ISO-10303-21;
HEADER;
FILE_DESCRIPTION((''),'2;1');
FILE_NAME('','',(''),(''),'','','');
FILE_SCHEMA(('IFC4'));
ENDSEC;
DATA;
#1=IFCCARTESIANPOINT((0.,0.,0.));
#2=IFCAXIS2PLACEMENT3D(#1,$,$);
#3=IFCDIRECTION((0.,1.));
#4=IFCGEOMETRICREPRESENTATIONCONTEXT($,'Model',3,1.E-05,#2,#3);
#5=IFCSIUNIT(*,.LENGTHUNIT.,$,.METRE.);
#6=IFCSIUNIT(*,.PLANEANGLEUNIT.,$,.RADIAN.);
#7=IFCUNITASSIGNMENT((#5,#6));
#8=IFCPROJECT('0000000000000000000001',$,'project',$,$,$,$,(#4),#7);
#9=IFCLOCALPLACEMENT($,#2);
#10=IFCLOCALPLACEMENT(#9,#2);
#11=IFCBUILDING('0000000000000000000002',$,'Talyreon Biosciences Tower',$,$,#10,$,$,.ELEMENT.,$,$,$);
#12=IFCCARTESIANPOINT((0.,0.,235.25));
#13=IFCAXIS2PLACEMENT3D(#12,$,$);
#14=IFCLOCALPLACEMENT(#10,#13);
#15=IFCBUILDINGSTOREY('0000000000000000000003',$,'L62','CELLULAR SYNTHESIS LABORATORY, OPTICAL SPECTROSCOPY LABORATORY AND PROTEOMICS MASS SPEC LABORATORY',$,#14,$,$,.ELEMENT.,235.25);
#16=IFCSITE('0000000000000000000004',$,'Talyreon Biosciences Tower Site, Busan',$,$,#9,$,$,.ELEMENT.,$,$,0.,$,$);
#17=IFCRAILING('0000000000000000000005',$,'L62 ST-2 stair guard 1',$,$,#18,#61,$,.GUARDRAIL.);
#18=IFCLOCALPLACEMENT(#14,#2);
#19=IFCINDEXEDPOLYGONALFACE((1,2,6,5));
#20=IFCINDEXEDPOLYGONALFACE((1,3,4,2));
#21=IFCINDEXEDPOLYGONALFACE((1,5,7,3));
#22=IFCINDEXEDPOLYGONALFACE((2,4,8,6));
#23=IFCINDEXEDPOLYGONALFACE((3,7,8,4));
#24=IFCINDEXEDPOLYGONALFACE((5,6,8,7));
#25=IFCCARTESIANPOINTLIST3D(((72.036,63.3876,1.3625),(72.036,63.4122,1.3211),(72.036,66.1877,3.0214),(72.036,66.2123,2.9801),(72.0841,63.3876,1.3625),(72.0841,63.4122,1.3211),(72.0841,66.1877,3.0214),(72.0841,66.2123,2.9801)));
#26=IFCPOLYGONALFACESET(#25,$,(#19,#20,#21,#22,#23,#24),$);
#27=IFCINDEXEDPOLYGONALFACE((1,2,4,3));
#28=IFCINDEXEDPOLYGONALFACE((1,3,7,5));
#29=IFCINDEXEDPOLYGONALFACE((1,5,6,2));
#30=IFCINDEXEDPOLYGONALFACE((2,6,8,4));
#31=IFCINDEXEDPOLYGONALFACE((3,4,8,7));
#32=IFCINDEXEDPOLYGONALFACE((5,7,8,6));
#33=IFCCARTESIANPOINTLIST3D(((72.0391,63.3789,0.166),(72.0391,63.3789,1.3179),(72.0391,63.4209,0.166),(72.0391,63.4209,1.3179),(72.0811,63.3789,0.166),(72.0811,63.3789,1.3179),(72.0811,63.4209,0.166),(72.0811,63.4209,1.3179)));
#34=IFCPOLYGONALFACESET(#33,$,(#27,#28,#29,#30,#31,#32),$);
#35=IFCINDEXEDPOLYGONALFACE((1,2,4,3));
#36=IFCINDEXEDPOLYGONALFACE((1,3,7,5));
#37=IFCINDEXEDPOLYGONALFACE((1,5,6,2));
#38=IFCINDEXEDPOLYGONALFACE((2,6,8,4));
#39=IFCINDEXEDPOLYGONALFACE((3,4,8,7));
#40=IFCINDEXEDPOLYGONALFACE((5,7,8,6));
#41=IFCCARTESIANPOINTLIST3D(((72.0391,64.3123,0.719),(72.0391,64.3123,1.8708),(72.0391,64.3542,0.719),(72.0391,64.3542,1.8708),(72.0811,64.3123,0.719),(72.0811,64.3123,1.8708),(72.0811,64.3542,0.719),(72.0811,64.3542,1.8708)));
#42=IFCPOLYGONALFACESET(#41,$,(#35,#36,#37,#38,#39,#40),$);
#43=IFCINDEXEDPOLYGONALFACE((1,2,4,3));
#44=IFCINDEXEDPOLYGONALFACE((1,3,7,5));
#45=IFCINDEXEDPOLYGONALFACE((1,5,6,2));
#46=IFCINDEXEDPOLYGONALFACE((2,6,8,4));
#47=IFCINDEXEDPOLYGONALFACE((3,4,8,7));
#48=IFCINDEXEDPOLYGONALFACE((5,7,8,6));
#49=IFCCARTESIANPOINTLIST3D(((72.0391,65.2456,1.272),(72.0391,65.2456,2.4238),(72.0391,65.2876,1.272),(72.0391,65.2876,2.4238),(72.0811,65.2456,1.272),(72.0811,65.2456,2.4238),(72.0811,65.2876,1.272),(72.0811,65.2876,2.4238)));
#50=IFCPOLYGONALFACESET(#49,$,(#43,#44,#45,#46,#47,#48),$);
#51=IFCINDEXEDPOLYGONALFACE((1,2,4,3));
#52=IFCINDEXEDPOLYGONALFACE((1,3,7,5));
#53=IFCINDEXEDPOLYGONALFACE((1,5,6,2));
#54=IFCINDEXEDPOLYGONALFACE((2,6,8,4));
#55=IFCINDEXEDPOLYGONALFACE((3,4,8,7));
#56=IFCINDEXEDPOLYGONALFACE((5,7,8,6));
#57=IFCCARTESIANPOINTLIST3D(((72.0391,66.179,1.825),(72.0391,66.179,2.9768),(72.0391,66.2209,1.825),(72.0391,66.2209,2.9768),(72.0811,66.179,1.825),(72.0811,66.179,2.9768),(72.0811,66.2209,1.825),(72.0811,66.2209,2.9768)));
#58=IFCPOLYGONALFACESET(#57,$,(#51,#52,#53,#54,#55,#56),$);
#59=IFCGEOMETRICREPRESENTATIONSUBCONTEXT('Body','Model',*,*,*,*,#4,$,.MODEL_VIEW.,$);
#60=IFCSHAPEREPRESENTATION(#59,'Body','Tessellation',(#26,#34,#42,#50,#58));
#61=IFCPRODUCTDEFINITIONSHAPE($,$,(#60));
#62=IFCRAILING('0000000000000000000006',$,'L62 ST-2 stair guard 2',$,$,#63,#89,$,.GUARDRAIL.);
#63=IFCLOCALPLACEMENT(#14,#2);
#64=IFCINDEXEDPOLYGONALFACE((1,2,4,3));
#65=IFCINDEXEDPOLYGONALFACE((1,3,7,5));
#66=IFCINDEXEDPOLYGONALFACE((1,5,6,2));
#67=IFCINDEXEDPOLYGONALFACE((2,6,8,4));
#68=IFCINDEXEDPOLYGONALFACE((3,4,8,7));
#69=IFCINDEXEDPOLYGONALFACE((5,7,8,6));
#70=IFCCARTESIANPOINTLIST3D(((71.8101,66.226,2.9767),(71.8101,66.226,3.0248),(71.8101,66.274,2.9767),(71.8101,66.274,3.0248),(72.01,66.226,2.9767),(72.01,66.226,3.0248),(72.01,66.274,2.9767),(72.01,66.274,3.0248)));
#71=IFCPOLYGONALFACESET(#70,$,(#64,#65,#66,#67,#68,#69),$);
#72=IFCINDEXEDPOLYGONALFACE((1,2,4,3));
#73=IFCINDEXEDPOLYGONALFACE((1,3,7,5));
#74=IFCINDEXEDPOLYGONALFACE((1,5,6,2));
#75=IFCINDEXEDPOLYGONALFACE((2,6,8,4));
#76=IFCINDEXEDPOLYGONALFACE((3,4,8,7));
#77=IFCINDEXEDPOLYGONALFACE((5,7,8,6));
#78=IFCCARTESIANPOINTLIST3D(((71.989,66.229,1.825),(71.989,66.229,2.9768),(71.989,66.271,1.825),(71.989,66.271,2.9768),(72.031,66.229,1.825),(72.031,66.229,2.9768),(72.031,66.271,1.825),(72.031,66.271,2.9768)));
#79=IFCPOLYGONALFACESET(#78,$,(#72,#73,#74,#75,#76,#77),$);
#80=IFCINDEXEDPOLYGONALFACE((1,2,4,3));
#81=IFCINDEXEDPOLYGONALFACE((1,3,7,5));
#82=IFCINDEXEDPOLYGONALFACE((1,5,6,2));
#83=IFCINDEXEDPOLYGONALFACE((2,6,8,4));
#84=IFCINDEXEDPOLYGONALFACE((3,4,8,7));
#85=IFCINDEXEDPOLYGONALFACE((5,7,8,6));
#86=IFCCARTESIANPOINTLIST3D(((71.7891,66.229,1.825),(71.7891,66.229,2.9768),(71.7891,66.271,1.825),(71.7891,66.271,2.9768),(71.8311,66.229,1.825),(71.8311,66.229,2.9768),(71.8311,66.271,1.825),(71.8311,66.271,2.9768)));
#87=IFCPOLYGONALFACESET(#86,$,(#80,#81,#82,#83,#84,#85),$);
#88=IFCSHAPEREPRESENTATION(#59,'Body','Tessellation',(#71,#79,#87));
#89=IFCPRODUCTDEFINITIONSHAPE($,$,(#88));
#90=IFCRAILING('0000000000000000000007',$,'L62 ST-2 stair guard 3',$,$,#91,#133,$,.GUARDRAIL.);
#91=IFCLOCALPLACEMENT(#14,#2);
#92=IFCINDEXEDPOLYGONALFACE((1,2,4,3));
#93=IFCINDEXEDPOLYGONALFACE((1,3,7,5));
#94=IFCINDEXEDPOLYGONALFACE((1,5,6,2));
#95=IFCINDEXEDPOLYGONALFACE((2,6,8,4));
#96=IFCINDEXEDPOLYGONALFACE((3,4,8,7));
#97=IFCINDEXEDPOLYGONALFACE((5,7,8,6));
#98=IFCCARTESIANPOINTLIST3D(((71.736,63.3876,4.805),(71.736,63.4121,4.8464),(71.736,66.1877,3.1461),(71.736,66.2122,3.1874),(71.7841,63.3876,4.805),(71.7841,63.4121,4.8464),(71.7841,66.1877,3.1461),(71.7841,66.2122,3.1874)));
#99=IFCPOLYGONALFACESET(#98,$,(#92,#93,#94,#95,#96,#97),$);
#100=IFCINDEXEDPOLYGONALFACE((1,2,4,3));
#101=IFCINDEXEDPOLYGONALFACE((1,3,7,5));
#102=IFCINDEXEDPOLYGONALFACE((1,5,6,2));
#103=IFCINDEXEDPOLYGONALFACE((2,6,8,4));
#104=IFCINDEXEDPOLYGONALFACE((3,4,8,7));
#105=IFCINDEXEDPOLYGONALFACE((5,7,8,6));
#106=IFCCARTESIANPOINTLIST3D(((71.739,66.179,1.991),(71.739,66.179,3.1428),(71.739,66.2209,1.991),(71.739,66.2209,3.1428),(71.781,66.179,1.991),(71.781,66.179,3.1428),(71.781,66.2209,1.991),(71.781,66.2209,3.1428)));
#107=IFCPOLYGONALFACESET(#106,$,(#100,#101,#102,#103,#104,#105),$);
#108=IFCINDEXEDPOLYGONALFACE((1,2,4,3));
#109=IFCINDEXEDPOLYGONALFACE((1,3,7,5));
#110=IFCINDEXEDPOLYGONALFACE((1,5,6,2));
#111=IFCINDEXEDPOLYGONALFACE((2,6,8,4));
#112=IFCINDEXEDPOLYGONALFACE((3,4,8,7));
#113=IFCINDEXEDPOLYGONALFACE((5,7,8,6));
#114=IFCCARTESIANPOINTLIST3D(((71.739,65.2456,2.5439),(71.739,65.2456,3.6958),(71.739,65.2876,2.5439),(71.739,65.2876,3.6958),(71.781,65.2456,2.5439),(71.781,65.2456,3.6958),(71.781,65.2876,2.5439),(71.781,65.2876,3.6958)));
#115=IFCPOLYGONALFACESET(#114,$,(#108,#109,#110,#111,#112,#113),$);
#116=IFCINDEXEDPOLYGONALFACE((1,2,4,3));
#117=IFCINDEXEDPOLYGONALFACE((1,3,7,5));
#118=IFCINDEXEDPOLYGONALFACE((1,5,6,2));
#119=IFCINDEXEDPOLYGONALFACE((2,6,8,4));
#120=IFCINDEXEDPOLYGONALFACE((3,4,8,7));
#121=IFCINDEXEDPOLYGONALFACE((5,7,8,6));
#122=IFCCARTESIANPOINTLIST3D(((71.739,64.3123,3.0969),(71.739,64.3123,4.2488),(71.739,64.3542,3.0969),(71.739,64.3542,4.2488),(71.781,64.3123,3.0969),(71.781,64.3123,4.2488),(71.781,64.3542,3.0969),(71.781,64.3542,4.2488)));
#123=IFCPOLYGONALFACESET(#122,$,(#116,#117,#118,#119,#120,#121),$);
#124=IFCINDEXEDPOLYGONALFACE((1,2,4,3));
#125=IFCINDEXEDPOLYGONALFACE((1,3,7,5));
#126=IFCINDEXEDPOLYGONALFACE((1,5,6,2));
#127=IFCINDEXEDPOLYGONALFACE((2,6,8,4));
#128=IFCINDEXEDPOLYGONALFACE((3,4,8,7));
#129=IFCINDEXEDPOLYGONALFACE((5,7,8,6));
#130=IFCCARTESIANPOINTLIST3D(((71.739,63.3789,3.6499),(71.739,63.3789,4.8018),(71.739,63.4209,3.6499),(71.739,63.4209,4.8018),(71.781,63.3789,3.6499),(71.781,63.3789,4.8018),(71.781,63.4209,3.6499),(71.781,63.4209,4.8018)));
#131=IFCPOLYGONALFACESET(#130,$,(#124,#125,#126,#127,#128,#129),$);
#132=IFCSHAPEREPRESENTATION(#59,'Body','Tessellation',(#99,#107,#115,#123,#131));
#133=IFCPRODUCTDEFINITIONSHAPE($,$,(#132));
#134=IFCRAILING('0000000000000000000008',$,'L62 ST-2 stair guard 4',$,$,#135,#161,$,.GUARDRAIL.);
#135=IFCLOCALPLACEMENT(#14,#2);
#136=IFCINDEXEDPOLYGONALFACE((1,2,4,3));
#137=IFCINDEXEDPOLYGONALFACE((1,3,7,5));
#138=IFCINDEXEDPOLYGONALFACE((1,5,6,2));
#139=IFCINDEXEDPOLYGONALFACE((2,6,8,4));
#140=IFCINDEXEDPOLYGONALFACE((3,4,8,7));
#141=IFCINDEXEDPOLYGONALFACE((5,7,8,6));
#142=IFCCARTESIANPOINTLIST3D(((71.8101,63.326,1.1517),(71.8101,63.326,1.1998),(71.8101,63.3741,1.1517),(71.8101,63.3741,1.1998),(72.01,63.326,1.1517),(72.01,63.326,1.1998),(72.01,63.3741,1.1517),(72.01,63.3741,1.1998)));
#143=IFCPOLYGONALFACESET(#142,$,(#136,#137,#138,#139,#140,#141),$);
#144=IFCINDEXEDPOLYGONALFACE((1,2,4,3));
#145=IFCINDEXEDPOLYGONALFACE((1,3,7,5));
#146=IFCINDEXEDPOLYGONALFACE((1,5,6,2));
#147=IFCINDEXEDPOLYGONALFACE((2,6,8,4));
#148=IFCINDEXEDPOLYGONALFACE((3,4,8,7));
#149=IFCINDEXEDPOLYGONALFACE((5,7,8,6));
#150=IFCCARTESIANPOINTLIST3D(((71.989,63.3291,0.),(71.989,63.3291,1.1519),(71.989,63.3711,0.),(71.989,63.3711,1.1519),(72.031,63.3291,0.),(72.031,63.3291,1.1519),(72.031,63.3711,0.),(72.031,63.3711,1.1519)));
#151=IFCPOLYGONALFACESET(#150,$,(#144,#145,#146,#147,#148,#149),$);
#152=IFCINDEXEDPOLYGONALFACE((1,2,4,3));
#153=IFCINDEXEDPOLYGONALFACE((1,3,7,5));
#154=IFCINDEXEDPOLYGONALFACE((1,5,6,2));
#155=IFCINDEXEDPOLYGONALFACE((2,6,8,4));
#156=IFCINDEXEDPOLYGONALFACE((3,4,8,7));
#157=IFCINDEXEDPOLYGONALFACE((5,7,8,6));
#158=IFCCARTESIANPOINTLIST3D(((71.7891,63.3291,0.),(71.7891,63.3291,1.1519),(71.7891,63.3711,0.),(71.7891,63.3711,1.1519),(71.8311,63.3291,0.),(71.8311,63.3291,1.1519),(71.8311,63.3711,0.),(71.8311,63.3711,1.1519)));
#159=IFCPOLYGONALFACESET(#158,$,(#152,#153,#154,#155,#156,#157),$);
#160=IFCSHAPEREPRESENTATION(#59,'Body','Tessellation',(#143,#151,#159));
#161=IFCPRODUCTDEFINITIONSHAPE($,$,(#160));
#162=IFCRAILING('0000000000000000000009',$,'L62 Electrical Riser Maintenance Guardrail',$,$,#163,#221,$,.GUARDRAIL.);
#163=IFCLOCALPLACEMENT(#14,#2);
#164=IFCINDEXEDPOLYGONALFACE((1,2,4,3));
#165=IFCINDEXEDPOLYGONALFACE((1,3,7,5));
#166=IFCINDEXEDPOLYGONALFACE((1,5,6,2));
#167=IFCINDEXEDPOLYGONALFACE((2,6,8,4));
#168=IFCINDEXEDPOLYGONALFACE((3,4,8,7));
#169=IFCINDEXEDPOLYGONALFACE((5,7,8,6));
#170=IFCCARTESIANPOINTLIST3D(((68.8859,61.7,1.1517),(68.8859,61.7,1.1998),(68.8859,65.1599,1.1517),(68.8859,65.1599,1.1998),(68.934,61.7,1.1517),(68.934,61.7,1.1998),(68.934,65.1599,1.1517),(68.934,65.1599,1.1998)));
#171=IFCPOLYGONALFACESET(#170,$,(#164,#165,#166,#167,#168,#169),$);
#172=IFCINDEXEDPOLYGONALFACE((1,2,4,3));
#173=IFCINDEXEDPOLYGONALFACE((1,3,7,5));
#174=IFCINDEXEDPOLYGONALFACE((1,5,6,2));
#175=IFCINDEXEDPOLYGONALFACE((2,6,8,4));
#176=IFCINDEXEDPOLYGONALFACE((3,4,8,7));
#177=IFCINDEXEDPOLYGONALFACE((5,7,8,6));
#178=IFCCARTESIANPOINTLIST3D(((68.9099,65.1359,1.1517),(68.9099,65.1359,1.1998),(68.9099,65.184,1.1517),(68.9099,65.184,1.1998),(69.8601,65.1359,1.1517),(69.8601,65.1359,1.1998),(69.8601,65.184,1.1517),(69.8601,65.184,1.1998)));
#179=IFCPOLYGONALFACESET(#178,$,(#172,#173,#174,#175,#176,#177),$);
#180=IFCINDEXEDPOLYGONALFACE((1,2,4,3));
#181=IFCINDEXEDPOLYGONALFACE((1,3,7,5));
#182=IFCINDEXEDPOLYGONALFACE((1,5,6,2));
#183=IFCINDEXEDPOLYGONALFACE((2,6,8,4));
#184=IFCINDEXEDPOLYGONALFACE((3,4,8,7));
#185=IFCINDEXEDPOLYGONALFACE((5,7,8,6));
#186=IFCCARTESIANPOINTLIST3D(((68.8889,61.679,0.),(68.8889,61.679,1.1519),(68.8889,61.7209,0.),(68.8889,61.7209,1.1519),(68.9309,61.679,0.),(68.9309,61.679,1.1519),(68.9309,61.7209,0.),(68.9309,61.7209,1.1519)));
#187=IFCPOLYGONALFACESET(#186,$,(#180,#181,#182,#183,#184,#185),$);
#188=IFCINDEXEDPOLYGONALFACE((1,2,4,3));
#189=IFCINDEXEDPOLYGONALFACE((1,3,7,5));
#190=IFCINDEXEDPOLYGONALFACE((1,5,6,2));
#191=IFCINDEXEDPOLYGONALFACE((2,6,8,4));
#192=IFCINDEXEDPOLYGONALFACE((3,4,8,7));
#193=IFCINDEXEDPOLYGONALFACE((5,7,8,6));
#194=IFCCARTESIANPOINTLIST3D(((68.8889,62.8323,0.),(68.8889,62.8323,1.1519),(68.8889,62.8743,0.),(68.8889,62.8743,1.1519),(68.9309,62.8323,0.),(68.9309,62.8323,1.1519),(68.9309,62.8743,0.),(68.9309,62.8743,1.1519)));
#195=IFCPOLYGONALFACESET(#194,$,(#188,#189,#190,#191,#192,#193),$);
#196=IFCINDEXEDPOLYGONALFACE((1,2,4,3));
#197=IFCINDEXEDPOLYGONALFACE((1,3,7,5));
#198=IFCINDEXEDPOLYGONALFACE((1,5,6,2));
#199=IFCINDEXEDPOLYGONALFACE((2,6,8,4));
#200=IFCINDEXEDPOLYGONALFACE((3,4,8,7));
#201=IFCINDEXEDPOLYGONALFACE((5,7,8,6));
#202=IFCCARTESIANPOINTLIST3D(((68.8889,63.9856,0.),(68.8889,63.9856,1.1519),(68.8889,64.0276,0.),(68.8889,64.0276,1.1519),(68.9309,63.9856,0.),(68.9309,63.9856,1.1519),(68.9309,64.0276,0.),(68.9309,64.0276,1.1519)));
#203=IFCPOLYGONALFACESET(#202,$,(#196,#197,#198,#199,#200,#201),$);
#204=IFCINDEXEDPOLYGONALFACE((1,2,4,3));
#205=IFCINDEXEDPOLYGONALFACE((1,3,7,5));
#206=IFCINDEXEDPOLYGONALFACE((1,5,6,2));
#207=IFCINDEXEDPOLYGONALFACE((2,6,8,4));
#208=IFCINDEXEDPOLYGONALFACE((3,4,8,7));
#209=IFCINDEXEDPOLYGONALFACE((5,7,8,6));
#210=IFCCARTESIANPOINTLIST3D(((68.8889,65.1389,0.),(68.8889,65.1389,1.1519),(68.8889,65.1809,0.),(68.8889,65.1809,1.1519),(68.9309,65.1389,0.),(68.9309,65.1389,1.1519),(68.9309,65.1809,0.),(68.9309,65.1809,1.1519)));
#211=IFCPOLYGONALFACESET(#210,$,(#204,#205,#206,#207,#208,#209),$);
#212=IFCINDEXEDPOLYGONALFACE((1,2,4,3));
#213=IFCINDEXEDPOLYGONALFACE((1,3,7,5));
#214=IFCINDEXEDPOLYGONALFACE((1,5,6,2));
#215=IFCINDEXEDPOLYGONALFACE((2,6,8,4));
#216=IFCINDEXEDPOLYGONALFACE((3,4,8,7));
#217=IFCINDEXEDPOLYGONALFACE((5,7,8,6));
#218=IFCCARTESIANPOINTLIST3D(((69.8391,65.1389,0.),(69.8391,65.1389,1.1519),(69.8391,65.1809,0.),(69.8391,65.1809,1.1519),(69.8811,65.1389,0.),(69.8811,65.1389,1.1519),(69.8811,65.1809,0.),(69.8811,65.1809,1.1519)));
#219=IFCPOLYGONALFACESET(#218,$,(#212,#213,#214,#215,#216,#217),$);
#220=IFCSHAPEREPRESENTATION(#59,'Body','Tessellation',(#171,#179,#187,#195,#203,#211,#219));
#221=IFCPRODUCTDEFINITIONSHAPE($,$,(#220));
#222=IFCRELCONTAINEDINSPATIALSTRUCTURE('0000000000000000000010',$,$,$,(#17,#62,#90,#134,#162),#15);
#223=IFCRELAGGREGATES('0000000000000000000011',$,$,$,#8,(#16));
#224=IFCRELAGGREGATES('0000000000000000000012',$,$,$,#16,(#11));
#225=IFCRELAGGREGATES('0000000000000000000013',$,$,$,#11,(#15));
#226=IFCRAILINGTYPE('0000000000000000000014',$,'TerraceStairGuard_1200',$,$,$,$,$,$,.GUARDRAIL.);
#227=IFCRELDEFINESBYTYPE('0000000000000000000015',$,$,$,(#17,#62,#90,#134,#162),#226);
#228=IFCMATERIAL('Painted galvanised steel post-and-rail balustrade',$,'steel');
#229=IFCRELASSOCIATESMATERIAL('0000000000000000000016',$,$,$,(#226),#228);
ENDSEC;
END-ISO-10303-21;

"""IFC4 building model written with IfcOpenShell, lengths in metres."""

from ifc_helpers import new_model, si_unit, direction, frame, origin, origin_2d, place, context, subcontext, project, spatial, rectangle, extrude, material, type_object, element, save


model = new_model("IFC4")

# Units and contexts
model_context = context("Model", 3, precision=1e-05, world=origin(), true_north=direction((0.0, 1.0)))
body_context = subcontext(model_context, "Body", "Model", "MODEL_VIEW")
ifc_project = project(units=[si_unit("LENGTHUNIT", "METRE"), si_unit("PLANEANGLEUNIT", "RADIAN")], contexts=[model_context])

# Site, building, storey
site_placement = place(None, origin())
site = spatial("IfcSite", under=ifc_project, at=site_placement, Name="Talyreon Biosciences Tower Site, Busan", CompositionType="ELEMENT", RefElevation=0.0)
building_placement = place(site_placement, origin())
building = spatial("IfcBuilding", under=site, at=building_placement, Name="Talyreon Biosciences Tower", CompositionType="ELEMENT")
storey_placement = place(building_placement, frame((0.0, 0.0, 235.25)))
storey = spatial("IfcBuildingStorey", under=building, at=storey_placement, Name="L62", Description="CELLULAR SYNTHESIS LABORATORY, OPTICAL SPECTROSCOPY LABORATORY AND PROTEOMICS MASS SPEC LABORATORY", CompositionType="ELEMENT", Elevation=235.25)

# Railings
ifc_material_1 = material(Name="Painted galvanised steel post-and-rail balustrade", Category="steel")
railing_type_1 = type_object("IfcRailingType", Name="TerraceStairGuard_1200", PredefinedType="GUARDRAIL", material=ifc_material_1)
railing_1_placement = place(storey_placement, frame((72.0601, 63.3999, 0.166)))
element("IfcRailing", 1, at=railing_1_placement, inside=storey, type_object=railing_type_1, Name="L62 ST-2 stair guard 1", PredefinedType="GUARDRAIL", context=body_context, shape_type="SweptSolid", body=[
    extrude(rectangle(XDim=0.0481, YDim=0.0481, at=origin_2d()), frame((0.0, 0.0, 1.1758), z_axis=(0.0, 0.860339, 0.509722), x_axis=(-1.0, 0.0, 0.0)), (0.0, 0.0, 1.0), 3.2546),
    extrude(rectangle(XDim=0.042, YDim=0.042, at=origin_2d()), origin(), (0.0, 0.0, 1.0), 1.1519),
    extrude(rectangle(XDim=0.042, YDim=0.042, at=origin_2d()), frame((0.0, 0.9333, 0.553)), (0.0, 0.0, 1.0), 1.1519),
    extrude(rectangle(XDim=0.042, YDim=0.042, at=origin_2d()), frame((0.0, 1.8667, 1.106)), (0.0, 0.0, 1.0), 1.1519),
    extrude(rectangle(XDim=0.042, YDim=0.042, at=origin_2d()), frame((0.0, 2.8, 1.6589)), (0.0, 0.0, 1.0), 1.1519),
])
railing_2_placement = place(storey_placement, frame((72.01, 66.25, 1.825)))
element("IfcRailing", 2, at=railing_2_placement, inside=storey, type_object=railing_type_1, Name="L62 ST-2 stair guard 2", PredefinedType="GUARDRAIL", context=body_context, shape_type="SweptSolid", body=[
    extrude(rectangle(XDim=0.0481, YDim=0.0481, at=origin_2d()), frame((0.0, 0.0, 1.1758), z_axis=(-1.0, 0.0, 0.0), x_axis=(0.0, -1.0, 0.0)), (0.0, 0.0, 1.0), 0.2),
    extrude(rectangle(XDim=0.042, YDim=0.042, at=origin_2d()), origin(), (0.0, 0.0, 1.0), 1.1519),
    extrude(rectangle(XDim=0.042, YDim=0.042, at=origin_2d()), frame((-0.2, 0.0, 0.0)), (0.0, 0.0, 1.0), 1.1519),
])
railing_3_placement = place(storey_placement, frame((71.76, 66.2, 1.991)))
element("IfcRailing", 3, at=railing_3_placement, inside=storey, type_object=railing_type_1, Name="L62 ST-2 stair guard 3", PredefinedType="GUARDRAIL", context=body_context, shape_type="SweptSolid", body=[
    extrude(rectangle(XDim=0.0481, YDim=0.0481, at=origin_2d()), frame((0.0, 0.0, 1.1758), z_axis=(0.0, -0.860339, 0.509722), x_axis=(1.0, 0.0, 0.0)), (0.0, 0.0, 1.0), 3.2546),
    extrude(rectangle(XDim=0.042, YDim=0.042, at=origin_2d()), origin(), (0.0, 0.0, 1.0), 1.1519),
    extrude(rectangle(XDim=0.042, YDim=0.042, at=origin_2d()), frame((0.0, -0.9333, 0.553)), (0.0, 0.0, 1.0), 1.1519),
    extrude(rectangle(XDim=0.042, YDim=0.042, at=origin_2d()), frame((0.0, -1.8667, 1.106)), (0.0, 0.0, 1.0), 1.1519),
    extrude(rectangle(XDim=0.042, YDim=0.042, at=origin_2d()), frame((0.0, -2.8, 1.6589)), (0.0, 0.0, 1.0), 1.1519),
])
railing_4_placement = place(storey_placement, frame((72.01, 63.3501, 0.0)))
element("IfcRailing", 4, at=railing_4_placement, inside=storey, type_object=railing_type_1, Name="L62 ST-2 stair guard 4", PredefinedType="GUARDRAIL", context=body_context, shape_type="SweptSolid", body=[
    extrude(rectangle(XDim=0.0481, YDim=0.0481, at=origin_2d()), frame((0.0, 0.0, 1.1758), z_axis=(-1.0, 0.0, 0.0), x_axis=(0.0, -1.0, 0.0)), (0.0, 0.0, 1.0), 0.2),
    extrude(rectangle(XDim=0.042, YDim=0.042, at=origin_2d()), origin(), (0.0, 0.0, 1.0), 1.1519),
    extrude(rectangle(XDim=0.042, YDim=0.042, at=origin_2d()), frame((-0.2, 0.0, 0.0)), (0.0, 0.0, 1.0), 1.1519),
])
railing_5_placement = place(storey_placement, frame((68.9099, 61.7, 0.0)))
element("IfcRailing", 5, at=railing_5_placement, inside=storey, type_object=railing_type_1, Name="L62 Electrical Riser Maintenance Guardrail", PredefinedType="GUARDRAIL", context=body_context, shape_type="SweptSolid", body=[
    extrude(rectangle(XDim=0.0481, YDim=0.0481, at=origin_2d()), frame((0.0, 0.0, 1.1758), z_axis=(0.0, 1.0, 0.0), x_axis=(-1.0, 0.0, 0.0)), (0.0, 0.0, 1.0), 3.46),
    extrude(rectangle(XDim=0.0481, YDim=0.0481, at=origin_2d()), frame((0.0, 3.46, 1.1758), z_axis=(1.0, 0.0, 0.0), x_axis=(0.0, 1.0, 0.0)), (0.0, 0.0, 1.0), 0.9502),
    extrude(rectangle(XDim=0.042, YDim=0.042, at=origin_2d()), origin(), (0.0, 0.0, 1.0), 1.1519),
    extrude(rectangle(XDim=0.042, YDim=0.042, at=origin_2d()), frame((0.0, 1.1533, 0.0)), (0.0, 0.0, 1.0), 1.1519),
    extrude(rectangle(XDim=0.042, YDim=0.042, at=origin_2d()), frame((0.0, 2.3066, 0.0)), (0.0, 0.0, 1.0), 1.1519),
    extrude(rectangle(XDim=0.042, YDim=0.042, at=origin_2d()), frame((0.0, 3.46, 0.0)), (0.0, 0.0, 1.0), 1.1519),
    extrude(rectangle(XDim=0.042, YDim=0.042, at=origin_2d()), frame((0.9502, 3.46, 0.0)), (0.0, 0.0, 1.0), 1.1519),
])

save(model, "model.ifc")
